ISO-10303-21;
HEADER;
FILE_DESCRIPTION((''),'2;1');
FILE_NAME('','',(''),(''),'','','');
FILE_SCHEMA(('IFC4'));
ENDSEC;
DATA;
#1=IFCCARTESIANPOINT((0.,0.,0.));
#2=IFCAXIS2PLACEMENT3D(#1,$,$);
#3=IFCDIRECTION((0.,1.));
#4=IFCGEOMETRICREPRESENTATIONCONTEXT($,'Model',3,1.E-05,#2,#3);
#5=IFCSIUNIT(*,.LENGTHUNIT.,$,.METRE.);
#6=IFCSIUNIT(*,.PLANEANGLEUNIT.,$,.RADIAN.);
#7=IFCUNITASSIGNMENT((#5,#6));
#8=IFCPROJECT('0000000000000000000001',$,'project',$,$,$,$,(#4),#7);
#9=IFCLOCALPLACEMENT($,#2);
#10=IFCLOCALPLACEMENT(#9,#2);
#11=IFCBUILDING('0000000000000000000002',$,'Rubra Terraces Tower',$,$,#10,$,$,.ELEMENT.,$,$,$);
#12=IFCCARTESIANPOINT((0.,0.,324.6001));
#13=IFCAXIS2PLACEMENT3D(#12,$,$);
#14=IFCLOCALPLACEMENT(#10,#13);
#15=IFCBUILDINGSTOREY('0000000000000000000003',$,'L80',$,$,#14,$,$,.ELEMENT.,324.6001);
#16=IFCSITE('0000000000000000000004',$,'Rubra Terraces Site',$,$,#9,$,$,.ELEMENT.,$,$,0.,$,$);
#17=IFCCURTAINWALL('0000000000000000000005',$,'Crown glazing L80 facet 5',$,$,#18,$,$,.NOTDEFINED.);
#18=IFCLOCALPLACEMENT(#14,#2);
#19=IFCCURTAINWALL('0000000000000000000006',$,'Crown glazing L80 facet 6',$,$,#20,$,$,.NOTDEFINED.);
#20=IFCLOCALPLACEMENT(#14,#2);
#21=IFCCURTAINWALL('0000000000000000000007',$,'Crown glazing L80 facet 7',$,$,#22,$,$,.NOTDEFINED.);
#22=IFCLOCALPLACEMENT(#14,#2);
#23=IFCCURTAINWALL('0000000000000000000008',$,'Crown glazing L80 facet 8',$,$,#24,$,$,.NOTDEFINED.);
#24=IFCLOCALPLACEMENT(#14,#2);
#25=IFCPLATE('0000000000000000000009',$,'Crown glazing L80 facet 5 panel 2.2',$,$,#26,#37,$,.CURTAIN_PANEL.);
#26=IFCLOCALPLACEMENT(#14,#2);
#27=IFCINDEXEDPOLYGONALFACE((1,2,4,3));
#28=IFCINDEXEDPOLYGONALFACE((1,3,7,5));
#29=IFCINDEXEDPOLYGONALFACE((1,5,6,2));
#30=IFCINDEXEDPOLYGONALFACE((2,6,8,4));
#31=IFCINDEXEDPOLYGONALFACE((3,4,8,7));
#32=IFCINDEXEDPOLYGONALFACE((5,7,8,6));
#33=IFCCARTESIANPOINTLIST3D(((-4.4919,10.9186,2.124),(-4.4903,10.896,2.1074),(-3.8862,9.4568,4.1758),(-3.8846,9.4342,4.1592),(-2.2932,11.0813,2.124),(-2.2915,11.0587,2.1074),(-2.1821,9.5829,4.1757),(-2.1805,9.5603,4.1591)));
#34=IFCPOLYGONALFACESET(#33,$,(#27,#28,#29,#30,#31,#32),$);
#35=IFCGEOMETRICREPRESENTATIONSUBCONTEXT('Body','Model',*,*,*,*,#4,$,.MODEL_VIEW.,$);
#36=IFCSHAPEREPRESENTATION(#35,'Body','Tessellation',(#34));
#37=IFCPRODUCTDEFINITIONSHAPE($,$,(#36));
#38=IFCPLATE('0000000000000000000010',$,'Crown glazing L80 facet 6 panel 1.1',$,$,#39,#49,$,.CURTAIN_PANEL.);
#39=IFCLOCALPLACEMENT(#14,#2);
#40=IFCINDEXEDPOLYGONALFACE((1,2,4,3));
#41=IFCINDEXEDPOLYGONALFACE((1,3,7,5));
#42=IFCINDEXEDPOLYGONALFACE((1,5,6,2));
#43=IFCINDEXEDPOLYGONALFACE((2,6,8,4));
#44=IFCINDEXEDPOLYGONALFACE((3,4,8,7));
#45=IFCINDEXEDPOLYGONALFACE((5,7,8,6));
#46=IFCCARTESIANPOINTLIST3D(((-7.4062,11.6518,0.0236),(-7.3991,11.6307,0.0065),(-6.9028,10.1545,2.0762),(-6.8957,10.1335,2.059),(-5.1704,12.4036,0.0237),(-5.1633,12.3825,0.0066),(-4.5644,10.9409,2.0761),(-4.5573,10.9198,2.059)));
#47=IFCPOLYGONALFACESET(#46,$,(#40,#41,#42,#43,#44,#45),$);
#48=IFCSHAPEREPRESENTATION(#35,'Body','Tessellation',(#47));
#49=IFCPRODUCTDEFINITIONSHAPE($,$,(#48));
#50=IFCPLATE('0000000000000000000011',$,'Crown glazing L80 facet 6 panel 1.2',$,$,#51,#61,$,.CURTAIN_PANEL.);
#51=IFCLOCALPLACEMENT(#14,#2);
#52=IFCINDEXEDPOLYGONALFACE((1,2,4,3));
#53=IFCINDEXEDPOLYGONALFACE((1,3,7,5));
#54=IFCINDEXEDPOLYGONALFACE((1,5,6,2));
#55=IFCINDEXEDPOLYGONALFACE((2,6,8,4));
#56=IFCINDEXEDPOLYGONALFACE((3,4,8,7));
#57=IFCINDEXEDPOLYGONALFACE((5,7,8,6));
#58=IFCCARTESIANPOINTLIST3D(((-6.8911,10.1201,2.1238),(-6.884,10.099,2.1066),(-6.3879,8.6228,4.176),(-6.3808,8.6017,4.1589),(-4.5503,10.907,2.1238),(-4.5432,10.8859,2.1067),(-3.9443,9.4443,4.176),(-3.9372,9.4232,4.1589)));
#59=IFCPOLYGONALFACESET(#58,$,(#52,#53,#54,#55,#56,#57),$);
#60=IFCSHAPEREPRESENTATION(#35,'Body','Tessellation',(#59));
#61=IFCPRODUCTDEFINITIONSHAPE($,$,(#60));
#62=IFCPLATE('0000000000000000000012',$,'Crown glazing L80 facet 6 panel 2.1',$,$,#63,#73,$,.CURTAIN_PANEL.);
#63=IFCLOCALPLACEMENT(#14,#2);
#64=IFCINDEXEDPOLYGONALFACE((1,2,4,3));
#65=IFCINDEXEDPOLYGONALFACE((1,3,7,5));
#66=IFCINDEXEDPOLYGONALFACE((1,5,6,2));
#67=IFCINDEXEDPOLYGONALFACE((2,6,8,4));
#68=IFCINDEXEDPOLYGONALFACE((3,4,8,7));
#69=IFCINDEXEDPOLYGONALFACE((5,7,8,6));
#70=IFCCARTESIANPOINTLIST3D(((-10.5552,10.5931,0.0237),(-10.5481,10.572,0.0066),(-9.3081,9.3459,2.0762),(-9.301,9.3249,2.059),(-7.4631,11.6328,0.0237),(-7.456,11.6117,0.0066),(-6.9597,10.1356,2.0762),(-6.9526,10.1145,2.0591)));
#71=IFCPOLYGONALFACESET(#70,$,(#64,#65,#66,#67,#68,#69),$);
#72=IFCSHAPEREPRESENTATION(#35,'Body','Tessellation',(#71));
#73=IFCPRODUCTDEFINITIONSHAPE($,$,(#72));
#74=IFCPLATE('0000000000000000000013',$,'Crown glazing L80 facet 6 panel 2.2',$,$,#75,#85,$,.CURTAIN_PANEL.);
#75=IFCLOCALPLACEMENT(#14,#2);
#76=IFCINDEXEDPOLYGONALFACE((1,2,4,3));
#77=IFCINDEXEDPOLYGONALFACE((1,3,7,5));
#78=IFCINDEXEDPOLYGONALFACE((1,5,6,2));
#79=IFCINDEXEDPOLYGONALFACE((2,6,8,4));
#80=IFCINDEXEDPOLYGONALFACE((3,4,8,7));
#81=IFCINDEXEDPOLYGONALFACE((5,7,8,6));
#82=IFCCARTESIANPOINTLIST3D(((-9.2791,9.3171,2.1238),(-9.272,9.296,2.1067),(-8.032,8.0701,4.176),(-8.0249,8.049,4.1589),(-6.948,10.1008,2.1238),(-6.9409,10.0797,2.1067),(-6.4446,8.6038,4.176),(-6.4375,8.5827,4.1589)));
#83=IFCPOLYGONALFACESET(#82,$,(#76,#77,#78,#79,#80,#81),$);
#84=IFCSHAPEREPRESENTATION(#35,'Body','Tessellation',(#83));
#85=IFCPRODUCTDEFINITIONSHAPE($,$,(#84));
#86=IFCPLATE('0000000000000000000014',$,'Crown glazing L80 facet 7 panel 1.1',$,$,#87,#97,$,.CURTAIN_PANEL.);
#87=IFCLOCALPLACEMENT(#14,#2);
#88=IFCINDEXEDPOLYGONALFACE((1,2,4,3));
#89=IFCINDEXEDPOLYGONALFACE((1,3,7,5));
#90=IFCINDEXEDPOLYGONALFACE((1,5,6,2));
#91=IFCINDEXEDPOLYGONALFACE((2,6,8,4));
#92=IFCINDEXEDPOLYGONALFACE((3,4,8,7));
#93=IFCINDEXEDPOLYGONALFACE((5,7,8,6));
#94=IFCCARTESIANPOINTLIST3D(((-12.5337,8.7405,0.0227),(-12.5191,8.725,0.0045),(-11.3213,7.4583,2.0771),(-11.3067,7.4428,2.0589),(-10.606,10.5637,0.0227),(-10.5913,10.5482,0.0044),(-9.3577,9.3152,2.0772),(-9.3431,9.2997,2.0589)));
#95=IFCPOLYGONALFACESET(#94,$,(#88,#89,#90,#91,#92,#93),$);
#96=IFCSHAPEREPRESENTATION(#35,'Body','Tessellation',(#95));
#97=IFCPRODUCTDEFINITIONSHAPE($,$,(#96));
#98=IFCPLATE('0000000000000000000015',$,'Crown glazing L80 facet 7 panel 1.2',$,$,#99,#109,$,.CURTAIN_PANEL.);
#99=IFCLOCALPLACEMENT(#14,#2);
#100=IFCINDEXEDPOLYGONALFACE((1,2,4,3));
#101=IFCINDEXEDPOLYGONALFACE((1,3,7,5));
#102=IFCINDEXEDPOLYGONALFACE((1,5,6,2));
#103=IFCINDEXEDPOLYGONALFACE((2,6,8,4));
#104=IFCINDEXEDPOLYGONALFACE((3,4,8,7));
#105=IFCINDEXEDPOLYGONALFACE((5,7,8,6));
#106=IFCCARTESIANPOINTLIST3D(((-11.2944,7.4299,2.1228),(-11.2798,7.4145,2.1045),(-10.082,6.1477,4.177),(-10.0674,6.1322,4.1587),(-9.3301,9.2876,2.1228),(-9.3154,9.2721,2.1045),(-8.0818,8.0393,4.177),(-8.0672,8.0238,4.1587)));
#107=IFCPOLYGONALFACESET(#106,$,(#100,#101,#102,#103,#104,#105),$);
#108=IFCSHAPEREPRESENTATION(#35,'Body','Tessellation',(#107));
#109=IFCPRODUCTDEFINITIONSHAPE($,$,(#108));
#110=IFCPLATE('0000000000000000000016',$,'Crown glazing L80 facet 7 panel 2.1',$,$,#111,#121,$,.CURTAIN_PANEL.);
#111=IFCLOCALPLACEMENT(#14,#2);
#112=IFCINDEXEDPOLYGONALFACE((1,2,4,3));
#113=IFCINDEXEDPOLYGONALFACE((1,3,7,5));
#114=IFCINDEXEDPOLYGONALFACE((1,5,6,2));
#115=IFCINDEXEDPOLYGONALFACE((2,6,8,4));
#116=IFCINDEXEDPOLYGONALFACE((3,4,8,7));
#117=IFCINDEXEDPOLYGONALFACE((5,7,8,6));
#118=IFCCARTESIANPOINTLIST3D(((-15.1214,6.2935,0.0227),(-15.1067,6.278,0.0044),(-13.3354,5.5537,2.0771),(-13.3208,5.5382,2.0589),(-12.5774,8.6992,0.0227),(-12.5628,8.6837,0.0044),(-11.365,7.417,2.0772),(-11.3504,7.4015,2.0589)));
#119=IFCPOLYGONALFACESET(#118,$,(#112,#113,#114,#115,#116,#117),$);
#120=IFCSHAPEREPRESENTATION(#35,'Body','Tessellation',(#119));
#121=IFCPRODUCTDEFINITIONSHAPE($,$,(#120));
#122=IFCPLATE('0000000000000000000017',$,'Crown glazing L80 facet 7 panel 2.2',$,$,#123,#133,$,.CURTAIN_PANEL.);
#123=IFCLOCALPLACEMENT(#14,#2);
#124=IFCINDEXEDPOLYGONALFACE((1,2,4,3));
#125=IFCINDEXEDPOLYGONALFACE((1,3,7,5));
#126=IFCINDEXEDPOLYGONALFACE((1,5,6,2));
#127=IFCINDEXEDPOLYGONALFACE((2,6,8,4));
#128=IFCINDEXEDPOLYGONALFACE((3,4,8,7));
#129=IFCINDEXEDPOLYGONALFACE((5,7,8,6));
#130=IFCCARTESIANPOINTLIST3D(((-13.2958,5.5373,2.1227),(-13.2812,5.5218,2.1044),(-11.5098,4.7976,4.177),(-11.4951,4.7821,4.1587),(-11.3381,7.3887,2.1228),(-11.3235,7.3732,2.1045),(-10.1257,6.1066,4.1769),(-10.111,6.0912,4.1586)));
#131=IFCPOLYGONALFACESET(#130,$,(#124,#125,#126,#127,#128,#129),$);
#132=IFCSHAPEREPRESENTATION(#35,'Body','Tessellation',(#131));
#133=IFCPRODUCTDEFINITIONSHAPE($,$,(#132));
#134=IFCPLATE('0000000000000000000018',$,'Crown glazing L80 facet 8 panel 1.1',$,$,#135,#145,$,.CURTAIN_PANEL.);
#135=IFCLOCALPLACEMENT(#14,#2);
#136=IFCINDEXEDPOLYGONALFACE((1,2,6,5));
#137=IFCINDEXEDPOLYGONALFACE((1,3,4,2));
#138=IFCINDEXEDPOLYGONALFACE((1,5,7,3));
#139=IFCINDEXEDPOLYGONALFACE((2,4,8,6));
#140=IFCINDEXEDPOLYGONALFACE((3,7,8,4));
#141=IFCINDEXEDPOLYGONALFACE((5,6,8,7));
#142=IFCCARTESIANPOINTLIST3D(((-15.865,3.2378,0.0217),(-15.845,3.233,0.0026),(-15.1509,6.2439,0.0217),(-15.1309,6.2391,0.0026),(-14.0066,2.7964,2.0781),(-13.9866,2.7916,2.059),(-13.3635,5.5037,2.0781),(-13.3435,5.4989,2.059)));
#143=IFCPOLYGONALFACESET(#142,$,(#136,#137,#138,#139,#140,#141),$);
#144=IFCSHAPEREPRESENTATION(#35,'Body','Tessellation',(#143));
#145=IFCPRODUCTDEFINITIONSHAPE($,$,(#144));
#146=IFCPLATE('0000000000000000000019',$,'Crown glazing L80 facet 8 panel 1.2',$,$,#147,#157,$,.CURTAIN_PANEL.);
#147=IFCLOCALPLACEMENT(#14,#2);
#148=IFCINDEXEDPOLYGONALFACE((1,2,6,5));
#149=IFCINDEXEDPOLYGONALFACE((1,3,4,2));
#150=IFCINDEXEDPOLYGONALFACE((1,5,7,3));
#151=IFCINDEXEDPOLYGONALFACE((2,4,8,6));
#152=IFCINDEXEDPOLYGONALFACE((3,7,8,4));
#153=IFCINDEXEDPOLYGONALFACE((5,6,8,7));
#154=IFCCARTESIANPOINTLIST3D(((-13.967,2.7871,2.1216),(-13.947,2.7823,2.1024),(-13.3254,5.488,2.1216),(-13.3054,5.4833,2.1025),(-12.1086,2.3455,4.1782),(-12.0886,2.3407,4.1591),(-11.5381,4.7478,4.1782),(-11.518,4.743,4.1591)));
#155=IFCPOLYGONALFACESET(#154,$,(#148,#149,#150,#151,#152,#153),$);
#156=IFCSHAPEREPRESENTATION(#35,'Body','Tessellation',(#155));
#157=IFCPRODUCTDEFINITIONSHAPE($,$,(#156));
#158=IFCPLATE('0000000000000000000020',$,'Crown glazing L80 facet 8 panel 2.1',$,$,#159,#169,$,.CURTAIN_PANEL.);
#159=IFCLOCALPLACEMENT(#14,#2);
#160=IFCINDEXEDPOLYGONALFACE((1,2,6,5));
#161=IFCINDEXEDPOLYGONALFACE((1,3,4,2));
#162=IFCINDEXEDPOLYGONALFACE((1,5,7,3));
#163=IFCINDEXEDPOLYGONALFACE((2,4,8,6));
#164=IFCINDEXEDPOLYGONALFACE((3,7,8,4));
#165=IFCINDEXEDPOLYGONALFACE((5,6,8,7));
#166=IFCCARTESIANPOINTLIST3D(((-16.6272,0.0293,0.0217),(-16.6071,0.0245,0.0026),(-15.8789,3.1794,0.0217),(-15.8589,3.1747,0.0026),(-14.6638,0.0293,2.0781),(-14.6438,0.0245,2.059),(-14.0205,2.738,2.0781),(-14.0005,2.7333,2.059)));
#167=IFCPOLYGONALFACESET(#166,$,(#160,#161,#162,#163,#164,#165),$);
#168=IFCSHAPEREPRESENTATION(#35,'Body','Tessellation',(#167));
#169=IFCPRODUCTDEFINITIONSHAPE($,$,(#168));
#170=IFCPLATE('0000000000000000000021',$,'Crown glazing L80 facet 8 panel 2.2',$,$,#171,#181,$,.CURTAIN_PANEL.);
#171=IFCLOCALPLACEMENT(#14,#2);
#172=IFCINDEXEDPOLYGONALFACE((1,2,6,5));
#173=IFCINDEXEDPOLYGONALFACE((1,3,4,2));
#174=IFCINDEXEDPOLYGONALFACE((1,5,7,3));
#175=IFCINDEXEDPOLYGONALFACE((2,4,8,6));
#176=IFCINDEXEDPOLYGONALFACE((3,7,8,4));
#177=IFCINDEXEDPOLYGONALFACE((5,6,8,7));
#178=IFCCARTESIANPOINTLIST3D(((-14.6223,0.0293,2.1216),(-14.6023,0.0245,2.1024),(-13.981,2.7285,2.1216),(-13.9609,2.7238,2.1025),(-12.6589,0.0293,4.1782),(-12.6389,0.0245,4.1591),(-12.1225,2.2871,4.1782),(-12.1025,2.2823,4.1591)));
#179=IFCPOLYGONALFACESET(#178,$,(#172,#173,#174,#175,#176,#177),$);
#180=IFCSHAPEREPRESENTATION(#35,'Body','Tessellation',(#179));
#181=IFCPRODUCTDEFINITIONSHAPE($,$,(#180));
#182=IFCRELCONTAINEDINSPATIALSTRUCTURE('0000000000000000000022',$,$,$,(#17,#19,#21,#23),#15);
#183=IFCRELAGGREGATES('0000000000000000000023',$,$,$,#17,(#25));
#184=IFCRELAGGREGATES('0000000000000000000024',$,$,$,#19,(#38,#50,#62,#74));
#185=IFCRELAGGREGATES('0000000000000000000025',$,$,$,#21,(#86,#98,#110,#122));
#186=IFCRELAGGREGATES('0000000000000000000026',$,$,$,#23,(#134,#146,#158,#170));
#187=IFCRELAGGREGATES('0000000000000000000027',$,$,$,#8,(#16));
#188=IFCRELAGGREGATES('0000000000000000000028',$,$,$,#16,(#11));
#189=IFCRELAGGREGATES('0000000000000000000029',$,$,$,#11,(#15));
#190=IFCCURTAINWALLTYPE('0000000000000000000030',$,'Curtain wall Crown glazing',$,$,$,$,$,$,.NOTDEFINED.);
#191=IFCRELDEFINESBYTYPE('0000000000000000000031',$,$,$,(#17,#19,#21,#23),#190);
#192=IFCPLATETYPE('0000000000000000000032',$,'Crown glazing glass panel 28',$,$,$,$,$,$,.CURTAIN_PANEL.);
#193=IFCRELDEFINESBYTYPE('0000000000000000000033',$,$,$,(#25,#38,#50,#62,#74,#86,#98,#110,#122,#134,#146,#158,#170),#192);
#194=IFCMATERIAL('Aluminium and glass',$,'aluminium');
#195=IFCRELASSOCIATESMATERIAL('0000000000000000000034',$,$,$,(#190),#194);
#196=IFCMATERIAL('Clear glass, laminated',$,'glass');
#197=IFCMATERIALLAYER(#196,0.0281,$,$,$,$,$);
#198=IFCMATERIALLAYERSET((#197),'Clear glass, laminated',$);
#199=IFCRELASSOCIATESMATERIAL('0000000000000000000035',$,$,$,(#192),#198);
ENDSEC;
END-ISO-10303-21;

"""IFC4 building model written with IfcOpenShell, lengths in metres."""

from ifc_helpers import new_model, si_unit, direction, frame, origin, place, context, subcontext, project, spatial, polyline, outline, extrude, material, layer, layer_set, type_object, element, aggregate, save


model = new_model("IFC4")

# Units and contexts
model_context = context("Model", 3, precision=1e-05, world=origin(), true_north=direction((0.0, 1.0)))
body_context = subcontext(model_context, "Body", "Model", "MODEL_VIEW")
ifc_project = project(units=[si_unit("LENGTHUNIT", "METRE"), si_unit("PLANEANGLEUNIT", "RADIAN")], contexts=[model_context])

# Site, building, storey
site_placement = place(None, origin())
site = spatial("IfcSite", under=ifc_project, at=site_placement, Name="Rubra Terraces Site", CompositionType="ELEMENT", RefElevation=0.0)
building_placement = place(site_placement, origin())
building = spatial("IfcBuilding", under=site, at=building_placement, Name="Rubra Terraces Tower", CompositionType="ELEMENT")
storey_placement = place(building_placement, frame((0.0, 0.0, 324.6001)))
storey = spatial("IfcBuildingStorey", under=building, at=storey_placement, Name="L80", CompositionType="ELEMENT", Elevation=324.6001)

# Curtain walls
ifc_material_1 = material(Name="Aluminium and glass", Category="aluminium")
curtain_wall_type = type_object("IfcCurtainWallType", Name="Curtain wall Crown glazing", PredefinedType="NOTDEFINED", material=ifc_material_1)
curtain_wall_1_placement = place(storey_placement, origin())
curtain_wall_1 = element("IfcCurtainWall", 1, at=curtain_wall_1_placement, inside=storey, type_object=curtain_wall_type, Name="Crown glazing L80 facet 5", PredefinedType="NOTDEFINED")
curtain_wall_2_placement = place(storey_placement, origin())
curtain_wall_2 = element("IfcCurtainWall", 2, at=curtain_wall_2_placement, inside=storey, type_object=curtain_wall_type, Name="Crown glazing L80 facet 6", PredefinedType="NOTDEFINED")
curtain_wall_3_placement = place(storey_placement, origin())
curtain_wall_3 = element("IfcCurtainWall", 3, at=curtain_wall_3_placement, inside=storey, type_object=curtain_wall_type, Name="Crown glazing L80 facet 7", PredefinedType="NOTDEFINED")
curtain_wall_4_placement = place(storey_placement, origin())
curtain_wall_4 = element("IfcCurtainWall", 4, at=curtain_wall_4_placement, inside=storey, type_object=curtain_wall_type, Name="Crown glazing L80 facet 8", PredefinedType="NOTDEFINED")

# Plates
ifc_material_2 = material(Name="Clear glass, laminated", Category="glass")
ifc_layer_1 = layer(ifc_material_2, 0.0281)
ifc_layer_set_1 = layer_set([ifc_layer_1], Name="Clear glass, laminated")
plate_type = type_object("IfcPlateType", Name="Crown glazing glass panel 28", PredefinedType="CURTAIN_PANEL", material=ifc_layer_set_1)
plate_1_placement = place(storey_placement, frame((-2.2932, 11.0813, 2.124), z_axis=(-0.059542, 0.8046, 0.590825), x_axis=(-0.997274, -0.073783, -0.000024)))
plate_1 = element("IfcPlate", 5, at=plate_1_placement, type_object=plate_type, Name="Crown glazing L80 facet 5 panel 2.2", PredefinedType="CURTAIN_PANEL", context=body_context, shape_type="SweptSolid", body=[
    extrude(outline(polyline([(0.0, 0.0), (2.2047, 0.0), (1.7085, 2.5431), (-0.0003, 2.543), (0.0, 0.0)])), origin(), (0.0, 0.0, -1.0), 0.0281),
])
aggregate(curtain_wall_1, [plate_1])
plate_2_placement = place(storey_placement, frame((-5.1704, 12.4036, 0.0237), z_axis=(-0.252577, 0.751156, 0.609892), x_axis=(-0.947855, -0.318702, -0.000018)))
plate_2 = element("IfcPlate", 6, at=plate_2_placement, type_object=plate_type, Name="Crown glazing L80 facet 6 panel 1.1", PredefinedType="CURTAIN_PANEL", context=body_context, shape_type="SweptSolid", body=[
    extrude(outline(polyline([(0.0, 0.0), (2.3588, 0.0), (2.3588, 2.59), (-0.1082, 2.5899), (0.0, 0.0)])), origin(), (0.0, 0.0, -1.0), 0.0281),
])
plate_3_placement = place(storey_placement, frame((-4.5503, 10.907, 2.1238), z_axis=(-0.252516, 0.751148, 0.609928), x_axis=(-0.947875, -0.318642, -0.000011)))
plate_3 = element("IfcPlate", 7, at=plate_3_placement, type_object=plate_type, Name="Crown glazing L80 facet 6 panel 1.2", PredefinedType="CURTAIN_PANEL", context=body_context, shape_type="SweptSolid", body=[
    extrude(outline(polyline([(0.0, 0.0), (2.4695, 0.0), (2.4697, 2.5898), (-0.1083, 2.5897), (0.0, 0.0)])), origin(), (0.0, 0.0, -1.0), 0.0281),
])
plate_4_placement = place(storey_placement, frame((-7.4631, 11.6328, 0.0237), z_axis=(-0.252577, 0.751157, 0.609892), x_axis=(-0.947847, -0.318725, 0.000013)))
plate_4 = element("IfcPlate", 8, at=plate_4_placement, type_object=plate_type, Name="Crown glazing L80 facet 6 panel 2.1", PredefinedType="CURTAIN_PANEL", context=body_context, shape_type="SweptSolid", body=[
    extrude(outline(polyline([(0.0, 0.0), (3.2622, 0.0), (2.4777, 2.5899), (0.0001, 2.59), (0.0, 0.0)])), origin(), (0.0, 0.0, -1.0), 0.0281),
])
plate_5_placement = place(storey_placement, frame((-6.948, 10.1008, 2.1238), z_axis=(-0.252539, 0.751159, 0.609905), x_axis=(-0.947866, -0.318671, -0.000001)))
plate_5 = element("IfcPlate", 9, at=plate_5_placement, type_object=plate_type, Name="Crown glazing L80 facet 6 panel 2.2", PredefinedType="CURTAIN_PANEL", context=body_context, shape_type="SweptSolid", body=[
    extrude(outline(polyline([(0.0, 0.0), (2.4593, 0.0), (1.6746, 2.5897), (-0.0001, 2.5897), (0.0, 0.0)])), origin(), (0.0, 0.0, -1.0), 0.0281),
])
aggregate(curtain_wall_2, [plate_2, plate_3, plate_4, plate_5])
plate_6_placement = place(storey_placement, frame((-10.606, 10.5637, 0.0227), z_axis=(-0.521222, 0.551131, 0.6516), x_axis=(-0.726537, -0.687128, 0.000017)))
plate_6 = element("IfcPlate", 10, at=plate_6_placement, type_object=plate_type, Name="Crown glazing L80 facet 7 panel 1.1", PredefinedType="CURTAIN_PANEL", context=body_context, shape_type="SweptSolid", body=[
    extrude(outline(polyline([(0.0, 0.0), (2.6534, 0.0), (2.6536, 2.7083), (-0.049, 2.7084), (0.0, 0.0)])), origin(), (0.0, 0.0, -1.0), 0.0281),
])
plate_7_placement = place(storey_placement, frame((-9.3301, 9.2876, 2.1228), z_axis=(-0.521194, 0.551128, 0.651625), x_axis=(-0.726562, -0.6871, 0.0)))
plate_7 = element("IfcPlate", 11, at=plate_7_placement, type_object=plate_type, Name="Crown glazing L80 facet 7 panel 1.2", PredefinedType="CURTAIN_PANEL", context=body_context, shape_type="SweptSolid", body=[
    extrude(outline(polyline([(0.0, 0.0), (2.7036, 0.0), (2.7038, 2.7081), (-0.0493, 2.7081), (0.0, 0.0)])), origin(), (0.0, 0.0, -1.0), 0.0281),
])
plate_8_placement = place(storey_placement, frame((-12.5774, 8.6992, 0.0227), z_axis=(-0.521217, 0.551174, 0.651568), x_axis=(-0.726571, -0.687091, 0.000008)))
plate_8 = element("IfcPlate", 12, at=plate_8_placement, type_object=plate_type, Name="Crown glazing L80 facet 7 panel 2.1", PredefinedType="CURTAIN_PANEL", context=body_context, shape_type="SweptSolid", body=[
    extrude(outline(polyline([(0.0, 0.0), (3.5013, 0.0), (2.7121, 2.7082), (0.0001, 2.7083), (0.0, 0.0)])), origin(), (0.0, 0.0, -1.0), 0.0281),
])
plate_9_placement = place(storey_placement, frame((-11.3381, 7.3887, 2.1228), z_axis=(-0.52121, 0.551125, 0.651614), x_axis=(-0.726565, -0.687098, -0.000023)))
plate_9 = element("IfcPlate", 13, at=plate_9_placement, type_object=plate_type, Name="Crown glazing L80 facet 7 panel 2.2", PredefinedType="CURTAIN_PANEL", context=body_context, shape_type="SweptSolid", body=[
    extrude(outline(polyline([(0.0, 0.0), (2.6945, 0.0), (1.905, 2.7081), (-0.0001, 2.708), (0.0, 0.0)])), origin(), (0.0, 0.0, -1.0), 0.0281),
])
aggregate(curtain_wall_3, [plate_6, plate_7, plate_8, plate_9])
plate_10_placement = place(storey_placement, frame((-15.1509, 6.2439, 0.0217), z_axis=(-0.712858, 0.169335, 0.680558), x_axis=(-0.231117, -0.972926, -0.000005)))
plate_10 = element("IfcPlate", 14, at=plate_10_placement, type_object=plate_type, Name="Crown glazing L80 facet 8 panel 1.1", PredefinedType="CURTAIN_PANEL", context=body_context, shape_type="SweptSolid", body=[
    extrude(outline(polyline([(0.0, 0.0), (3.0898, 0.0), (3.0897, 2.8066), (0.3071, 2.8066), (0.0, 0.0)])), origin(), (0.0, 0.0, -1.0), 0.0281),
])
plate_11_placement = place(storey_placement, frame((-13.3254, 5.488, 2.1216), z_axis=(-0.712895, 0.169331, 0.68052), x_axis=(-0.231106, -0.972929, -0.000011)))
plate_11 = element("IfcPlate", 15, at=plate_11_placement, type_object=plate_type, Name="Crown glazing L80 facet 8 panel 1.2", PredefinedType="CURTAIN_PANEL", context=body_context, shape_type="SweptSolid", body=[
    extrude(outline(polyline([(0.0, 0.0), (2.7761, 0.0), (2.7763, 2.8069), (0.3071, 2.8068), (0.0, 0.0)])), origin(), (0.0, 0.0, -1.0), 0.0281),
])
plate_12_placement = place(storey_placement, frame((-15.8789, 3.1794, 0.0217), z_axis=(-0.712845, 0.169315, 0.680577), x_axis=(-0.2311, -0.97293, -0.00001)))
plate_12 = element("IfcPlate", 16, at=plate_12_placement, type_object=plate_type, Name="Crown glazing L80 facet 8 panel 2.1", PredefinedType="CURTAIN_PANEL", context=body_context, shape_type="SweptSolid", body=[
    extrude(outline(polyline([(0.0, 0.0), (3.2378, 0.0), (2.784, 2.8067), (0.0, 2.8066), (0.0, 0.0)])), origin(), (0.0, 0.0, -1.0), 0.0281),
])
plate_13_placement = place(storey_placement, frame((-13.981, 2.7285, 2.1216), z_axis=(-0.712876, 0.169371, 0.680531), x_axis=(-0.231163, -0.972915, -0.000009)))
plate_13 = element("IfcPlate", 17, at=plate_13_placement, type_object=plate_type, Name="Crown glazing L80 facet 8 panel 2.2", PredefinedType="CURTAIN_PANEL", context=body_context, shape_type="SweptSolid", body=[
    extrude(outline(polyline([(0.0, 0.0), (2.7744, 0.0), (2.3205, 2.8069), (-0.0002, 2.8068), (0.0, 0.0)])), origin(), (0.0, 0.0, -1.0), 0.0281),
])
aggregate(curtain_wall_4, [plate_10, plate_11, plate_12, plate_13])

save(model, "model.ifc")
